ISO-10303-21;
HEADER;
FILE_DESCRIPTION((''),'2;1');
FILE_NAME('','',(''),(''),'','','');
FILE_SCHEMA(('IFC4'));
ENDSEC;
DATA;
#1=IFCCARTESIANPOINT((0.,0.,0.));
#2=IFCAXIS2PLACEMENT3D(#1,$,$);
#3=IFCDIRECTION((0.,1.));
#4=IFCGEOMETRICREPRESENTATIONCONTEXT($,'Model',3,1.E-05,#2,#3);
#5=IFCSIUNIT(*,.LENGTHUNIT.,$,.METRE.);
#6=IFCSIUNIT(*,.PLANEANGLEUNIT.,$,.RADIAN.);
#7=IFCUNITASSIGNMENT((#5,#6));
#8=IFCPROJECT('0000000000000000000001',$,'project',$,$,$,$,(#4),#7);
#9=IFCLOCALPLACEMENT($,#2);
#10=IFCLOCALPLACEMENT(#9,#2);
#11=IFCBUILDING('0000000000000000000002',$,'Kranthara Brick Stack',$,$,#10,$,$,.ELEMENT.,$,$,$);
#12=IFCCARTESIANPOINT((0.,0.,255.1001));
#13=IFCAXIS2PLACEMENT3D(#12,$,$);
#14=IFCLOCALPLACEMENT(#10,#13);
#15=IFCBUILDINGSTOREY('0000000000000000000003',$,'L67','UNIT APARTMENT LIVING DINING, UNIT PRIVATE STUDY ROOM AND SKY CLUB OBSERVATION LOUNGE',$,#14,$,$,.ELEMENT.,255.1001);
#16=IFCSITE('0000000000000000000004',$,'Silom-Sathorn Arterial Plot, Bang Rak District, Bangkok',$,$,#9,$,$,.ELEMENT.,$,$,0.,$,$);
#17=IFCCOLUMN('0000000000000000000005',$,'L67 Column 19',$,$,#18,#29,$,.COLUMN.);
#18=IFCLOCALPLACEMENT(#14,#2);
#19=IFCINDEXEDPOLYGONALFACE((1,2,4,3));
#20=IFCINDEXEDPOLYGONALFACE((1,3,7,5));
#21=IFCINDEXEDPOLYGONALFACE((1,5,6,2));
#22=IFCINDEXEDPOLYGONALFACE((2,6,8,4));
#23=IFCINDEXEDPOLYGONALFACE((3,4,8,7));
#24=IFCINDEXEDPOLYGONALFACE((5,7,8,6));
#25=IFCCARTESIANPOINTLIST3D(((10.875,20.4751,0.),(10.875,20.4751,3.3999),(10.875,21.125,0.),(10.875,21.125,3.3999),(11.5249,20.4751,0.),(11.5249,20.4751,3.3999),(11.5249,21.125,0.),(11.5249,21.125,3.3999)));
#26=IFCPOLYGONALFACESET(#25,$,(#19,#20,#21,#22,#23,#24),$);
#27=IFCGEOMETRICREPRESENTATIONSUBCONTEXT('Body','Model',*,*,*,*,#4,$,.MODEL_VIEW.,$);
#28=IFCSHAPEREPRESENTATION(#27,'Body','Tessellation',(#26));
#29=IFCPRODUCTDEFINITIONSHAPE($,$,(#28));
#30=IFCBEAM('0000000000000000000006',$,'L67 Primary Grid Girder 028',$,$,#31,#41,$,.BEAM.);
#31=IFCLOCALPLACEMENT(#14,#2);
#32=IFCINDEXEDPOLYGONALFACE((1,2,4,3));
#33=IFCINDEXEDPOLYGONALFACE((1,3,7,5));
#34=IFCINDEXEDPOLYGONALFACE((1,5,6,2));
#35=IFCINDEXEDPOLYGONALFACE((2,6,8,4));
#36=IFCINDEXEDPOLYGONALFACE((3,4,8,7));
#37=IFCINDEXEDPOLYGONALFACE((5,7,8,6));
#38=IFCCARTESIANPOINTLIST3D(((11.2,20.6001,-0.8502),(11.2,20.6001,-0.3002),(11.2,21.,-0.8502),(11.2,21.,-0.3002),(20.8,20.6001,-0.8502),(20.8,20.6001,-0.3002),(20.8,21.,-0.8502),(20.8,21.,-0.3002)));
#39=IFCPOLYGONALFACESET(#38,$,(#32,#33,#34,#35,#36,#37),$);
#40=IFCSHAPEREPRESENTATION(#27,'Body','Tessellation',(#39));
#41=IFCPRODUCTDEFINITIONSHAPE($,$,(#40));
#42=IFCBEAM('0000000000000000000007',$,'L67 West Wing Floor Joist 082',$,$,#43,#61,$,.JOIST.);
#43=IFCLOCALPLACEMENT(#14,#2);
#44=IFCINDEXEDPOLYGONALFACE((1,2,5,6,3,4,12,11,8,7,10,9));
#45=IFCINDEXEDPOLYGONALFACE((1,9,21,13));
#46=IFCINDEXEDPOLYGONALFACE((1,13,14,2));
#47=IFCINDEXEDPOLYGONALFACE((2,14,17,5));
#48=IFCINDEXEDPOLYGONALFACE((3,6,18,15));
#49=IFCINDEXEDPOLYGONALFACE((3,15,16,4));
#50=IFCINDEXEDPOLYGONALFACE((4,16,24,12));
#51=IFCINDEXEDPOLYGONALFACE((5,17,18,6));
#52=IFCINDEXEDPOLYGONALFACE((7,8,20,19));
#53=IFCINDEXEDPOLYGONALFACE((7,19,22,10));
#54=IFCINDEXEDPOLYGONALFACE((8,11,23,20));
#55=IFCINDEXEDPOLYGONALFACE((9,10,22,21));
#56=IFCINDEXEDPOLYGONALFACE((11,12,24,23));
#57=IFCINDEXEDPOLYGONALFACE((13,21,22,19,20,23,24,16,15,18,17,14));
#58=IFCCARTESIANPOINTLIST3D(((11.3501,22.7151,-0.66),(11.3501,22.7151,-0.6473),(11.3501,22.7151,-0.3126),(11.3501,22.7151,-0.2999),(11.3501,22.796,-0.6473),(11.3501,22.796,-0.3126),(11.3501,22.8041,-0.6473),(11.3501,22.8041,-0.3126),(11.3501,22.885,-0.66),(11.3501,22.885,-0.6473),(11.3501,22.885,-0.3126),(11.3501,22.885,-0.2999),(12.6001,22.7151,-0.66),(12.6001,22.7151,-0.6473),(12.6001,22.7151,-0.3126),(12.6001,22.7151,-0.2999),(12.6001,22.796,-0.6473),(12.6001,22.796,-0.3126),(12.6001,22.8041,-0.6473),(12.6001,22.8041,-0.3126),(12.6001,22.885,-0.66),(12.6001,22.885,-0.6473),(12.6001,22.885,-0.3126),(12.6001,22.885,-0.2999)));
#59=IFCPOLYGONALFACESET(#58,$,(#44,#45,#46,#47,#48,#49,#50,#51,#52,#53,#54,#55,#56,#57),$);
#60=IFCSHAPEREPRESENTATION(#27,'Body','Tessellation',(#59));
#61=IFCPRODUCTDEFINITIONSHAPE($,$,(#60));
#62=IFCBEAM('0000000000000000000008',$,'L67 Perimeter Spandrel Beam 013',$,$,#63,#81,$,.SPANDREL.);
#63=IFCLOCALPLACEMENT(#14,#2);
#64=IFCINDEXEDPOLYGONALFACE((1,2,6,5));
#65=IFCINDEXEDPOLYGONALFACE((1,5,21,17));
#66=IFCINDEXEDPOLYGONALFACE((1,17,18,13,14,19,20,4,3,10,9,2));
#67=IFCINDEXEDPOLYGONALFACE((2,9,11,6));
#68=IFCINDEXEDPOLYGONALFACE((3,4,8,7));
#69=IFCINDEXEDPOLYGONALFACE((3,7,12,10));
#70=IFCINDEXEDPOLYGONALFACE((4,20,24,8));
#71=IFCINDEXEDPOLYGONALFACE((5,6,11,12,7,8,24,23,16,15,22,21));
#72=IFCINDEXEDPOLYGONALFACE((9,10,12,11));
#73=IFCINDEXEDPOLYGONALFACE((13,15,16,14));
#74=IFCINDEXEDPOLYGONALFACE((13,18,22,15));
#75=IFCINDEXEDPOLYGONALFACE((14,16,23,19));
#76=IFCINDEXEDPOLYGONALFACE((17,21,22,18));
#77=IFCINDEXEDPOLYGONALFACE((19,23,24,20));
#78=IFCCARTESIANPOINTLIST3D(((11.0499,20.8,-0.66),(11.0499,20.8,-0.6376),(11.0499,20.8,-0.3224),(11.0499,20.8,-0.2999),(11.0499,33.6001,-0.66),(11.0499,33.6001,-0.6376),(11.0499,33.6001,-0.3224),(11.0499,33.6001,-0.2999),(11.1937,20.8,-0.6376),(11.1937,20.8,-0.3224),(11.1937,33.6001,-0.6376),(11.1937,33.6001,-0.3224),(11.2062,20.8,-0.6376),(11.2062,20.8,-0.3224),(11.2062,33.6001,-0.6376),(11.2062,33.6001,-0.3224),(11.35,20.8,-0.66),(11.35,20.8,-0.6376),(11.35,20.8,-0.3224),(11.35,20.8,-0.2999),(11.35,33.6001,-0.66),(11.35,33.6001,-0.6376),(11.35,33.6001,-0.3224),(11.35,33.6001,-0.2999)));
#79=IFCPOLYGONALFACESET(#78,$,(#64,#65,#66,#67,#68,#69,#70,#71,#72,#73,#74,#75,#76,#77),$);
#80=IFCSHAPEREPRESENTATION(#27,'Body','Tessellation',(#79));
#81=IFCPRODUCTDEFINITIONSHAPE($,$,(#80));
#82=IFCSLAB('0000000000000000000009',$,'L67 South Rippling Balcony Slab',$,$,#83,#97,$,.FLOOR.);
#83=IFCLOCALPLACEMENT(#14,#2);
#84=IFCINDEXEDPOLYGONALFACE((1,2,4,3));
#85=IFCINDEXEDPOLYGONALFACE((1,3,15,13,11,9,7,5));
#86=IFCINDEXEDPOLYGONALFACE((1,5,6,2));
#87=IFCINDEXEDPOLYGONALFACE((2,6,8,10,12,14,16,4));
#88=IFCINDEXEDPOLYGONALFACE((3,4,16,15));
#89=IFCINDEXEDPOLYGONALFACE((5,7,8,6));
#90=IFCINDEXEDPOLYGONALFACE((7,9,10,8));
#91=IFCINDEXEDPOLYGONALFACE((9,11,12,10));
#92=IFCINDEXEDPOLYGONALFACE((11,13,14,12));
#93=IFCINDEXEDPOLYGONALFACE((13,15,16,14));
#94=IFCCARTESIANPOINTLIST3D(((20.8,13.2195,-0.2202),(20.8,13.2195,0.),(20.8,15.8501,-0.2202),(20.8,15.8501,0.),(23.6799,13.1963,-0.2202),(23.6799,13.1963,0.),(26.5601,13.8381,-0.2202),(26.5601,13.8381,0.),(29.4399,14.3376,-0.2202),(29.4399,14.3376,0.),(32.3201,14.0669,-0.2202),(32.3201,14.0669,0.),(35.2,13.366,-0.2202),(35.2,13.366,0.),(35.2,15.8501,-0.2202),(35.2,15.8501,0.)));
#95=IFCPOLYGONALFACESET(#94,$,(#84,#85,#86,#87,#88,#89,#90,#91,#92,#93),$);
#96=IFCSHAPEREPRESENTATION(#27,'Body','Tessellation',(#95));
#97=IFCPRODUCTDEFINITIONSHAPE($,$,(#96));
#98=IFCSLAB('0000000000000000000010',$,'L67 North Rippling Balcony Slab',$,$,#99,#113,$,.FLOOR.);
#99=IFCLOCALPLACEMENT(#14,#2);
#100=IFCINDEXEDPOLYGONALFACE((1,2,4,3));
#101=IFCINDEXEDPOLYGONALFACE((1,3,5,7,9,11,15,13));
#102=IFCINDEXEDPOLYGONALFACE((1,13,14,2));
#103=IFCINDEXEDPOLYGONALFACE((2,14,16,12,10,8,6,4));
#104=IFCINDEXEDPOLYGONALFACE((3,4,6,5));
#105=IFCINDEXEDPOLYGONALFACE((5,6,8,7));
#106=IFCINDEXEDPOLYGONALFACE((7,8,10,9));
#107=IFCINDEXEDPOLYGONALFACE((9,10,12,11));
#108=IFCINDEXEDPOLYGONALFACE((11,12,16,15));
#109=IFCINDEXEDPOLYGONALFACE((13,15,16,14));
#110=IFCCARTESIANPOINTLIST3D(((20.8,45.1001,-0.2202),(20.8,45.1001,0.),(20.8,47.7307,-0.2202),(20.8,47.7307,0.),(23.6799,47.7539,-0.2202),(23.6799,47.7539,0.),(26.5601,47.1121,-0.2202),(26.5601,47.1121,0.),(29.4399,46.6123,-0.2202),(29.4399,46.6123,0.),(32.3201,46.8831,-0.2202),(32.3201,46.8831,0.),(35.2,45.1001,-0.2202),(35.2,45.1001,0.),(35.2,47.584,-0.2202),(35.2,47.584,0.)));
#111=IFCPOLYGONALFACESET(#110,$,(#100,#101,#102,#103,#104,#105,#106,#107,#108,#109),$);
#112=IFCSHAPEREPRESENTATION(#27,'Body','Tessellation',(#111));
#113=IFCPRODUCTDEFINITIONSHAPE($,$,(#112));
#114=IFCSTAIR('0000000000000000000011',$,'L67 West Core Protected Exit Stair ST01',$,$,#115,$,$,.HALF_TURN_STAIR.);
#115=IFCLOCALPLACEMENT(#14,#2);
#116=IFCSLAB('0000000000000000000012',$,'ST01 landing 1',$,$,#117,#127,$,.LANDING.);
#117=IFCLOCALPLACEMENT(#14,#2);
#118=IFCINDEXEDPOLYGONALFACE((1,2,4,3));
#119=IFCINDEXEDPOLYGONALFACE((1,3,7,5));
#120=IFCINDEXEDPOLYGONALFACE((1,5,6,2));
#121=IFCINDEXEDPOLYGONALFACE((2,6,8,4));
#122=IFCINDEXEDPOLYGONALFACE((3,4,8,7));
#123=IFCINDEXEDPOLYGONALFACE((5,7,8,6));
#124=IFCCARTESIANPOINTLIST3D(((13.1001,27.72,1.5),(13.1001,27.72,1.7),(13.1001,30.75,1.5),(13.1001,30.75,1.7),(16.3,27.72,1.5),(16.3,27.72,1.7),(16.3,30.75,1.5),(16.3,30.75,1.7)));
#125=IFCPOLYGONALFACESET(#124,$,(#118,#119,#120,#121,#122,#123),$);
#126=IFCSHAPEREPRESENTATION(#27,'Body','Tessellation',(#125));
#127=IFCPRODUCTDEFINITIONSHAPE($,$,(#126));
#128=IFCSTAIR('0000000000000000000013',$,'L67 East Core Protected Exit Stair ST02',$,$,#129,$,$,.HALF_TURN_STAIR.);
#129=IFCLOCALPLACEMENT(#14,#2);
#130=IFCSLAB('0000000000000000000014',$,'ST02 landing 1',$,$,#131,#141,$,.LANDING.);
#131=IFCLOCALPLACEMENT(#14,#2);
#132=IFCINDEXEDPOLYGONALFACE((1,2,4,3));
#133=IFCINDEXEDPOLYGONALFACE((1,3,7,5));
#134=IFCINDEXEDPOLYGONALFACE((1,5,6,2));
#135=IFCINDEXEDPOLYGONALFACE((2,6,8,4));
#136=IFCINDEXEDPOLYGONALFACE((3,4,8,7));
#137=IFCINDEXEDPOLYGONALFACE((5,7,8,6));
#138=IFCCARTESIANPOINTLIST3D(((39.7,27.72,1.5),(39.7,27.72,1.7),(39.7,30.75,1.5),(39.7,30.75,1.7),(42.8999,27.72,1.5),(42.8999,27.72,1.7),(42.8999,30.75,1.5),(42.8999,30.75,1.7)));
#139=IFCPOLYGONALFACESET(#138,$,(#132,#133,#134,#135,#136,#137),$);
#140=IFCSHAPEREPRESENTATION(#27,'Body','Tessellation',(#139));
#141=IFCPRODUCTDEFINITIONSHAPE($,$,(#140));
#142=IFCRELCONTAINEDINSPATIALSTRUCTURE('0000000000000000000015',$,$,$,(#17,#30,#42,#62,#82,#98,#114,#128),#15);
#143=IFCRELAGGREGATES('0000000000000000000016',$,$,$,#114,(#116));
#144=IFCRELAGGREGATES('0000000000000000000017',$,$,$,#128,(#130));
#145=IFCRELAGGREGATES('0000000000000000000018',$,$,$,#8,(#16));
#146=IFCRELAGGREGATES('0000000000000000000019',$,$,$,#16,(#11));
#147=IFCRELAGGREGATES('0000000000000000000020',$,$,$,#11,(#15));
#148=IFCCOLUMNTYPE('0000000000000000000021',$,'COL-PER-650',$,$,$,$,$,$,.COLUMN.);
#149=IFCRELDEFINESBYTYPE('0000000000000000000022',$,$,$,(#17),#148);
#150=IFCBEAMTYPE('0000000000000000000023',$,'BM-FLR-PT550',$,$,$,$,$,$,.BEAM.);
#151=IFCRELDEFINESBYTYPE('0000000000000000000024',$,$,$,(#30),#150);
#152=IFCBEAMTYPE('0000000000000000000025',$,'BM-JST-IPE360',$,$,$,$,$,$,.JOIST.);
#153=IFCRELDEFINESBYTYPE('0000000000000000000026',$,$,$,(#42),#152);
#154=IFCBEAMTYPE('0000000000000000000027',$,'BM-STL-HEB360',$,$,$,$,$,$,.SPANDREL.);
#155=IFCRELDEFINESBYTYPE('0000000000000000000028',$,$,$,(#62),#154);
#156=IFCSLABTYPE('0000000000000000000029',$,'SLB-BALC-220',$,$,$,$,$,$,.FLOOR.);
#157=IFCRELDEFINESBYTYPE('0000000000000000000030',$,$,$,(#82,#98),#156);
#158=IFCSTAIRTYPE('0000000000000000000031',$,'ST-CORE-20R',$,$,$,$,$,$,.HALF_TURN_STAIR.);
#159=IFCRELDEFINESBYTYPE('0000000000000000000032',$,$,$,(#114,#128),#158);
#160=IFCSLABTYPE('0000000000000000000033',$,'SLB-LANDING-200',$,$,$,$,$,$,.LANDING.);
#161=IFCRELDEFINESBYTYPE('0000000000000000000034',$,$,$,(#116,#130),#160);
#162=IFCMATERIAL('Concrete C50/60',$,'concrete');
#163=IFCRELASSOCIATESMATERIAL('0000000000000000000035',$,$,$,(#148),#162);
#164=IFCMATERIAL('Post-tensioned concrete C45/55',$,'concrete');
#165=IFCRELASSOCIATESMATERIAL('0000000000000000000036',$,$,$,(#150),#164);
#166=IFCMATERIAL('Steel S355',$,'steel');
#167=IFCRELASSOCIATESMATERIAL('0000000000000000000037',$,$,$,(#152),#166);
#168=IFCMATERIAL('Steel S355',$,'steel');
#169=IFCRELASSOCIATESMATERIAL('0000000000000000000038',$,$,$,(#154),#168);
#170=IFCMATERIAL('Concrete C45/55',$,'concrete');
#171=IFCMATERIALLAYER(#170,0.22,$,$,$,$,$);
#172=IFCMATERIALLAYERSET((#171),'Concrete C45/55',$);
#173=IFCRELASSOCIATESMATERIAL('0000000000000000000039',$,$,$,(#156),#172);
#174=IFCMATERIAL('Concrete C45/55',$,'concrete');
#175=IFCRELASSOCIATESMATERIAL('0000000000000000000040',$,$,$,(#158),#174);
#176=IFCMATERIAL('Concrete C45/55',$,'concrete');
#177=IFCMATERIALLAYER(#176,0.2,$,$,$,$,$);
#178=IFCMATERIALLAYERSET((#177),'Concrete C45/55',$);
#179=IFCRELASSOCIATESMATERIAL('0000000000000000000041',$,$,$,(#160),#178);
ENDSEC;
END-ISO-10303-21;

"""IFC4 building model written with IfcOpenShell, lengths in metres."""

from ifc_helpers import new_model, si_unit, direction, frame, origin, origin_2d, place, context, subcontext, project, spatial, polyline, rectangle, i_section, outline, extrude, material, layer, layer_set, material_profile, profile_set, type_object, element, aggregate, save


model = new_model("IFC4")

# Units and contexts
model_context = context("Model", 3, precision=1e-05, world=origin(), true_north=direction((0.0, 1.0)))
body_context = subcontext(model_context, "Body", "Model", "MODEL_VIEW")
ifc_project = project(units=[si_unit("LENGTHUNIT", "METRE"), si_unit("PLANEANGLEUNIT", "RADIAN")], contexts=[model_context])

# Site, building, storey
site_placement = place(None, origin())
site = spatial("IfcSite", under=ifc_project, at=site_placement, Name="Silom-Sathorn Arterial Plot, Bang Rak District, Bangkok", CompositionType="ELEMENT", RefElevation=0.0)
building_placement = place(site_placement, origin())
building = spatial("IfcBuilding", under=site, at=building_placement, Name="Kranthara Brick Stack", CompositionType="ELEMENT")
storey_placement = place(building_placement, frame((0.0, 0.0, 255.1001)))
storey = spatial("IfcBuildingStorey", under=building, at=storey_placement, Name="L67", Description="UNIT APARTMENT LIVING DINING, UNIT PRIVATE STUDY ROOM AND SKY CLUB OBSERVATION LOUNGE", CompositionType="ELEMENT", Elevation=255.1001)

# Column
ifc_material_1 = material(Name="Concrete C50/60", Category="concrete")
ifc_material_profile_1 = material_profile(ifc_material_1, rectangle(XDim=0.6499, YDim=0.6499, at=origin_2d()), Name="RC 650x650")
ifc_profile_set_1 = profile_set([ifc_material_profile_1], Name="Concrete C50/60")
column_type = type_object("IfcColumnType", Name="COL-PER-650", PredefinedType="COLUMN", material=ifc_profile_set_1)
column_placement = place(storey_placement, frame((11.2, 20.8, 0.0), z_axis=(0.0, 0.0, 1.0), x_axis=(1.0, 0.0, 0.0)))
element("IfcColumn", 1, at=column_placement, inside=storey, type_object=column_type, Name="L67 Column 19", PredefinedType="COLUMN", context=body_context, shape_type="SweptSolid", body=[
    extrude(rectangle(XDim=0.6499, YDim=0.6499, at=origin_2d()), origin(), (0.0, 0.0, 1.0), 3.3999),
])

# Beams
ifc_material_2 = material(Name="Post-tensioned concrete C45/55", Category="concrete")
ifc_material_profile_2 = material_profile(ifc_material_2, rectangle(XDim=0.3999, YDim=0.55, at=origin_2d()), Name="PT 400x550")
ifc_profile_set_2 = profile_set([ifc_material_profile_2], Name="Post-tensioned concrete C45/55")
beam_type_1 = type_object("IfcBeamType", Name="BM-FLR-PT550", PredefinedType="BEAM", material=ifc_profile_set_2)
beam_1_placement = place(storey_placement, frame((11.2, 20.8, -0.5752), z_axis=(1.0, 0.0, 0.0), x_axis=(0.0, 1.0, 0.0)))
element("IfcBeam", 2, at=beam_1_placement, inside=storey, type_object=beam_type_1, Name="L67 Primary Grid Girder 028", PredefinedType="BEAM", context=body_context, shape_type="SweptSolid", body=[
    extrude(rectangle(XDim=0.3999, YDim=0.55, at=origin_2d()), origin(), (0.0, 0.0, 1.0), 9.6001),
])
ifc_material_3 = material(Name="Steel S355", Category="steel")
ifc_material_profile_3 = material_profile(ifc_material_3, i_section(OverallWidth=0.1699, OverallDepth=0.3601, WebThickness=0.0081, FlangeThickness=0.0127, at=origin_2d()), Name="IPE 360")
ifc_profile_set_3 = profile_set([ifc_material_profile_3], Name="Steel S355")
beam_type_2 = type_object("IfcBeamType", Name="BM-JST-IPE360", PredefinedType="JOIST", material=ifc_profile_set_3)
beam_2_placement = place(storey_placement, frame((11.3501, 22.8, -0.48), z_axis=(1.0, 0.0, 0.0), x_axis=(0.0, 1.0, 0.0)))
element("IfcBeam", 3, at=beam_2_placement, inside=storey, type_object=beam_type_2, Name="L67 West Wing Floor Joist 082", PredefinedType="JOIST", context=body_context, shape_type="SweptSolid", body=[
    extrude(i_section(OverallWidth=0.1699, OverallDepth=0.3601, WebThickness=0.0081, FlangeThickness=0.0127, at=origin_2d()), origin(), (0.0, 0.0, 1.0), 1.25),
])
ifc_material_4 = material(Name="Steel S355", Category="steel")
ifc_material_profile_4 = material_profile(ifc_material_4, i_section(OverallWidth=0.3, OverallDepth=0.3601, WebThickness=0.0125, FlangeThickness=0.0225, at=origin_2d()), Name="HEB 360")
ifc_profile_set_4 = profile_set([ifc_material_profile_4], Name="Steel S355")
beam_type_3 = type_object("IfcBeamType", Name="BM-STL-HEB360", PredefinedType="SPANDREL", material=ifc_profile_set_4)
beam_3_placement = place(storey_placement, frame((11.2, 20.8, -0.48), z_axis=(0.0, 1.0, 0.0), x_axis=(-1.0, 0.0, 0.0)))
element("IfcBeam", 4, at=beam_3_placement, inside=storey, type_object=beam_type_3, Name="L67 Perimeter Spandrel Beam 013", PredefinedType="SPANDREL", context=body_context, shape_type="SweptSolid", body=[
    extrude(i_section(OverallWidth=0.3, OverallDepth=0.3601, WebThickness=0.0125, FlangeThickness=0.0225, at=origin_2d()), origin(), (0.0, 0.0, 1.0), 12.8),
])

# Slabs
ifc_material_5 = material(Name="Concrete C45/55", Category="concrete")
ifc_layer_1 = layer(ifc_material_5, 0.22)
ifc_layer_set_1 = layer_set([ifc_layer_1], Name="Concrete C45/55")
slab_type_1 = type_object("IfcSlabType", Name="SLB-BALC-220", PredefinedType="FLOOR", material=ifc_layer_set_1)
slab_1_placement = place(storey_placement, frame((0.0, 0.0, -0.2202)))
element("IfcSlab", 5, at=slab_1_placement, inside=storey, type_object=slab_type_1, Name="L67 South Rippling Balcony Slab", PredefinedType="FLOOR", context=body_context, shape_type="SweptSolid", body=[
    extrude(outline(polyline([(20.8, 15.8501), (35.2, 15.8501), (35.2, 13.366), (32.3201, 14.0669), (29.4399, 14.3376), (26.5601, 13.8381), (23.6799, 13.1963), (20.8, 13.2195), (20.8, 15.8501)])), origin(), (0.0, 0.0, 1.0), 0.2202),
])
slab_2_placement = place(storey_placement, frame((0.0, 0.0, -0.2202)))
element("IfcSlab", 6, at=slab_2_placement, inside=storey, type_object=slab_type_1, Name="L67 North Rippling Balcony Slab", PredefinedType="FLOOR", context=body_context, shape_type="SweptSolid", body=[
    extrude(outline(polyline([(35.2, 45.1001), (20.8, 45.1001), (20.8, 47.7307), (23.6799, 47.7539), (26.5601, 47.1121), (29.4399, 46.6123), (32.3201, 46.8831), (35.2, 47.584), (35.2, 45.1001)])), origin(), (0.0, 0.0, 1.0), 0.2202),
])

# Stairs, slabs
ifc_material_6 = material(Name="Concrete C45/55", Category="concrete")
stair_type = type_object("IfcStairType", Name="ST-CORE-20R", PredefinedType="HALF_TURN_STAIR", material=ifc_material_6)
stair_1_placement = place(storey_placement, origin())
stair_1 = element("IfcStair", 7, at=stair_1_placement, inside=storey, type_object=stair_type, Name="L67 West Core Protected Exit Stair ST01", PredefinedType="HALF_TURN_STAIR")
ifc_material_7 = material(Name="Concrete C45/55", Category="concrete")
ifc_layer_2 = layer(ifc_material_7, 0.2)
ifc_layer_set_2 = layer_set([ifc_layer_2], Name="Concrete C45/55")
slab_type_2 = type_object("IfcSlabType", Name="SLB-LANDING-200", PredefinedType="LANDING", material=ifc_layer_set_2)
slab_3_placement = place(storey_placement, frame((0.0, 0.0, 1.5)))
slab_3 = element("IfcSlab", 8, at=slab_3_placement, type_object=slab_type_2, Name="ST01 landing 1", PredefinedType="LANDING", context=body_context, shape_type="SweptSolid", body=[
    extrude(outline(polyline([(16.3, 27.72), (16.3, 30.75), (13.1001, 30.75), (13.1001, 27.72), (16.3, 27.72)])), origin(), (0.0, 0.0, 1.0), 0.2),
])
aggregate(stair_1, [slab_3])
stair_2_placement = place(storey_placement, origin())
stair_2 = element("IfcStair", 9, at=stair_2_placement, inside=storey, type_object=stair_type, Name="L67 East Core Protected Exit Stair ST02", PredefinedType="HALF_TURN_STAIR")
slab_4_placement = place(storey_placement, frame((0.0, 0.0, 1.5)))
slab_4 = element("IfcSlab", 10, at=slab_4_placement, type_object=slab_type_2, Name="ST02 landing 1", PredefinedType="LANDING", context=body_context, shape_type="SweptSolid", body=[
    extrude(outline(polyline([(42.8999, 27.72), (42.8999, 30.75), (39.7, 30.75), (39.7, 27.72), (42.8999, 27.72)])), origin(), (0.0, 0.0, 1.0), 0.2),
])
aggregate(stair_2, [slab_4])

save(model, "model.ifc")
